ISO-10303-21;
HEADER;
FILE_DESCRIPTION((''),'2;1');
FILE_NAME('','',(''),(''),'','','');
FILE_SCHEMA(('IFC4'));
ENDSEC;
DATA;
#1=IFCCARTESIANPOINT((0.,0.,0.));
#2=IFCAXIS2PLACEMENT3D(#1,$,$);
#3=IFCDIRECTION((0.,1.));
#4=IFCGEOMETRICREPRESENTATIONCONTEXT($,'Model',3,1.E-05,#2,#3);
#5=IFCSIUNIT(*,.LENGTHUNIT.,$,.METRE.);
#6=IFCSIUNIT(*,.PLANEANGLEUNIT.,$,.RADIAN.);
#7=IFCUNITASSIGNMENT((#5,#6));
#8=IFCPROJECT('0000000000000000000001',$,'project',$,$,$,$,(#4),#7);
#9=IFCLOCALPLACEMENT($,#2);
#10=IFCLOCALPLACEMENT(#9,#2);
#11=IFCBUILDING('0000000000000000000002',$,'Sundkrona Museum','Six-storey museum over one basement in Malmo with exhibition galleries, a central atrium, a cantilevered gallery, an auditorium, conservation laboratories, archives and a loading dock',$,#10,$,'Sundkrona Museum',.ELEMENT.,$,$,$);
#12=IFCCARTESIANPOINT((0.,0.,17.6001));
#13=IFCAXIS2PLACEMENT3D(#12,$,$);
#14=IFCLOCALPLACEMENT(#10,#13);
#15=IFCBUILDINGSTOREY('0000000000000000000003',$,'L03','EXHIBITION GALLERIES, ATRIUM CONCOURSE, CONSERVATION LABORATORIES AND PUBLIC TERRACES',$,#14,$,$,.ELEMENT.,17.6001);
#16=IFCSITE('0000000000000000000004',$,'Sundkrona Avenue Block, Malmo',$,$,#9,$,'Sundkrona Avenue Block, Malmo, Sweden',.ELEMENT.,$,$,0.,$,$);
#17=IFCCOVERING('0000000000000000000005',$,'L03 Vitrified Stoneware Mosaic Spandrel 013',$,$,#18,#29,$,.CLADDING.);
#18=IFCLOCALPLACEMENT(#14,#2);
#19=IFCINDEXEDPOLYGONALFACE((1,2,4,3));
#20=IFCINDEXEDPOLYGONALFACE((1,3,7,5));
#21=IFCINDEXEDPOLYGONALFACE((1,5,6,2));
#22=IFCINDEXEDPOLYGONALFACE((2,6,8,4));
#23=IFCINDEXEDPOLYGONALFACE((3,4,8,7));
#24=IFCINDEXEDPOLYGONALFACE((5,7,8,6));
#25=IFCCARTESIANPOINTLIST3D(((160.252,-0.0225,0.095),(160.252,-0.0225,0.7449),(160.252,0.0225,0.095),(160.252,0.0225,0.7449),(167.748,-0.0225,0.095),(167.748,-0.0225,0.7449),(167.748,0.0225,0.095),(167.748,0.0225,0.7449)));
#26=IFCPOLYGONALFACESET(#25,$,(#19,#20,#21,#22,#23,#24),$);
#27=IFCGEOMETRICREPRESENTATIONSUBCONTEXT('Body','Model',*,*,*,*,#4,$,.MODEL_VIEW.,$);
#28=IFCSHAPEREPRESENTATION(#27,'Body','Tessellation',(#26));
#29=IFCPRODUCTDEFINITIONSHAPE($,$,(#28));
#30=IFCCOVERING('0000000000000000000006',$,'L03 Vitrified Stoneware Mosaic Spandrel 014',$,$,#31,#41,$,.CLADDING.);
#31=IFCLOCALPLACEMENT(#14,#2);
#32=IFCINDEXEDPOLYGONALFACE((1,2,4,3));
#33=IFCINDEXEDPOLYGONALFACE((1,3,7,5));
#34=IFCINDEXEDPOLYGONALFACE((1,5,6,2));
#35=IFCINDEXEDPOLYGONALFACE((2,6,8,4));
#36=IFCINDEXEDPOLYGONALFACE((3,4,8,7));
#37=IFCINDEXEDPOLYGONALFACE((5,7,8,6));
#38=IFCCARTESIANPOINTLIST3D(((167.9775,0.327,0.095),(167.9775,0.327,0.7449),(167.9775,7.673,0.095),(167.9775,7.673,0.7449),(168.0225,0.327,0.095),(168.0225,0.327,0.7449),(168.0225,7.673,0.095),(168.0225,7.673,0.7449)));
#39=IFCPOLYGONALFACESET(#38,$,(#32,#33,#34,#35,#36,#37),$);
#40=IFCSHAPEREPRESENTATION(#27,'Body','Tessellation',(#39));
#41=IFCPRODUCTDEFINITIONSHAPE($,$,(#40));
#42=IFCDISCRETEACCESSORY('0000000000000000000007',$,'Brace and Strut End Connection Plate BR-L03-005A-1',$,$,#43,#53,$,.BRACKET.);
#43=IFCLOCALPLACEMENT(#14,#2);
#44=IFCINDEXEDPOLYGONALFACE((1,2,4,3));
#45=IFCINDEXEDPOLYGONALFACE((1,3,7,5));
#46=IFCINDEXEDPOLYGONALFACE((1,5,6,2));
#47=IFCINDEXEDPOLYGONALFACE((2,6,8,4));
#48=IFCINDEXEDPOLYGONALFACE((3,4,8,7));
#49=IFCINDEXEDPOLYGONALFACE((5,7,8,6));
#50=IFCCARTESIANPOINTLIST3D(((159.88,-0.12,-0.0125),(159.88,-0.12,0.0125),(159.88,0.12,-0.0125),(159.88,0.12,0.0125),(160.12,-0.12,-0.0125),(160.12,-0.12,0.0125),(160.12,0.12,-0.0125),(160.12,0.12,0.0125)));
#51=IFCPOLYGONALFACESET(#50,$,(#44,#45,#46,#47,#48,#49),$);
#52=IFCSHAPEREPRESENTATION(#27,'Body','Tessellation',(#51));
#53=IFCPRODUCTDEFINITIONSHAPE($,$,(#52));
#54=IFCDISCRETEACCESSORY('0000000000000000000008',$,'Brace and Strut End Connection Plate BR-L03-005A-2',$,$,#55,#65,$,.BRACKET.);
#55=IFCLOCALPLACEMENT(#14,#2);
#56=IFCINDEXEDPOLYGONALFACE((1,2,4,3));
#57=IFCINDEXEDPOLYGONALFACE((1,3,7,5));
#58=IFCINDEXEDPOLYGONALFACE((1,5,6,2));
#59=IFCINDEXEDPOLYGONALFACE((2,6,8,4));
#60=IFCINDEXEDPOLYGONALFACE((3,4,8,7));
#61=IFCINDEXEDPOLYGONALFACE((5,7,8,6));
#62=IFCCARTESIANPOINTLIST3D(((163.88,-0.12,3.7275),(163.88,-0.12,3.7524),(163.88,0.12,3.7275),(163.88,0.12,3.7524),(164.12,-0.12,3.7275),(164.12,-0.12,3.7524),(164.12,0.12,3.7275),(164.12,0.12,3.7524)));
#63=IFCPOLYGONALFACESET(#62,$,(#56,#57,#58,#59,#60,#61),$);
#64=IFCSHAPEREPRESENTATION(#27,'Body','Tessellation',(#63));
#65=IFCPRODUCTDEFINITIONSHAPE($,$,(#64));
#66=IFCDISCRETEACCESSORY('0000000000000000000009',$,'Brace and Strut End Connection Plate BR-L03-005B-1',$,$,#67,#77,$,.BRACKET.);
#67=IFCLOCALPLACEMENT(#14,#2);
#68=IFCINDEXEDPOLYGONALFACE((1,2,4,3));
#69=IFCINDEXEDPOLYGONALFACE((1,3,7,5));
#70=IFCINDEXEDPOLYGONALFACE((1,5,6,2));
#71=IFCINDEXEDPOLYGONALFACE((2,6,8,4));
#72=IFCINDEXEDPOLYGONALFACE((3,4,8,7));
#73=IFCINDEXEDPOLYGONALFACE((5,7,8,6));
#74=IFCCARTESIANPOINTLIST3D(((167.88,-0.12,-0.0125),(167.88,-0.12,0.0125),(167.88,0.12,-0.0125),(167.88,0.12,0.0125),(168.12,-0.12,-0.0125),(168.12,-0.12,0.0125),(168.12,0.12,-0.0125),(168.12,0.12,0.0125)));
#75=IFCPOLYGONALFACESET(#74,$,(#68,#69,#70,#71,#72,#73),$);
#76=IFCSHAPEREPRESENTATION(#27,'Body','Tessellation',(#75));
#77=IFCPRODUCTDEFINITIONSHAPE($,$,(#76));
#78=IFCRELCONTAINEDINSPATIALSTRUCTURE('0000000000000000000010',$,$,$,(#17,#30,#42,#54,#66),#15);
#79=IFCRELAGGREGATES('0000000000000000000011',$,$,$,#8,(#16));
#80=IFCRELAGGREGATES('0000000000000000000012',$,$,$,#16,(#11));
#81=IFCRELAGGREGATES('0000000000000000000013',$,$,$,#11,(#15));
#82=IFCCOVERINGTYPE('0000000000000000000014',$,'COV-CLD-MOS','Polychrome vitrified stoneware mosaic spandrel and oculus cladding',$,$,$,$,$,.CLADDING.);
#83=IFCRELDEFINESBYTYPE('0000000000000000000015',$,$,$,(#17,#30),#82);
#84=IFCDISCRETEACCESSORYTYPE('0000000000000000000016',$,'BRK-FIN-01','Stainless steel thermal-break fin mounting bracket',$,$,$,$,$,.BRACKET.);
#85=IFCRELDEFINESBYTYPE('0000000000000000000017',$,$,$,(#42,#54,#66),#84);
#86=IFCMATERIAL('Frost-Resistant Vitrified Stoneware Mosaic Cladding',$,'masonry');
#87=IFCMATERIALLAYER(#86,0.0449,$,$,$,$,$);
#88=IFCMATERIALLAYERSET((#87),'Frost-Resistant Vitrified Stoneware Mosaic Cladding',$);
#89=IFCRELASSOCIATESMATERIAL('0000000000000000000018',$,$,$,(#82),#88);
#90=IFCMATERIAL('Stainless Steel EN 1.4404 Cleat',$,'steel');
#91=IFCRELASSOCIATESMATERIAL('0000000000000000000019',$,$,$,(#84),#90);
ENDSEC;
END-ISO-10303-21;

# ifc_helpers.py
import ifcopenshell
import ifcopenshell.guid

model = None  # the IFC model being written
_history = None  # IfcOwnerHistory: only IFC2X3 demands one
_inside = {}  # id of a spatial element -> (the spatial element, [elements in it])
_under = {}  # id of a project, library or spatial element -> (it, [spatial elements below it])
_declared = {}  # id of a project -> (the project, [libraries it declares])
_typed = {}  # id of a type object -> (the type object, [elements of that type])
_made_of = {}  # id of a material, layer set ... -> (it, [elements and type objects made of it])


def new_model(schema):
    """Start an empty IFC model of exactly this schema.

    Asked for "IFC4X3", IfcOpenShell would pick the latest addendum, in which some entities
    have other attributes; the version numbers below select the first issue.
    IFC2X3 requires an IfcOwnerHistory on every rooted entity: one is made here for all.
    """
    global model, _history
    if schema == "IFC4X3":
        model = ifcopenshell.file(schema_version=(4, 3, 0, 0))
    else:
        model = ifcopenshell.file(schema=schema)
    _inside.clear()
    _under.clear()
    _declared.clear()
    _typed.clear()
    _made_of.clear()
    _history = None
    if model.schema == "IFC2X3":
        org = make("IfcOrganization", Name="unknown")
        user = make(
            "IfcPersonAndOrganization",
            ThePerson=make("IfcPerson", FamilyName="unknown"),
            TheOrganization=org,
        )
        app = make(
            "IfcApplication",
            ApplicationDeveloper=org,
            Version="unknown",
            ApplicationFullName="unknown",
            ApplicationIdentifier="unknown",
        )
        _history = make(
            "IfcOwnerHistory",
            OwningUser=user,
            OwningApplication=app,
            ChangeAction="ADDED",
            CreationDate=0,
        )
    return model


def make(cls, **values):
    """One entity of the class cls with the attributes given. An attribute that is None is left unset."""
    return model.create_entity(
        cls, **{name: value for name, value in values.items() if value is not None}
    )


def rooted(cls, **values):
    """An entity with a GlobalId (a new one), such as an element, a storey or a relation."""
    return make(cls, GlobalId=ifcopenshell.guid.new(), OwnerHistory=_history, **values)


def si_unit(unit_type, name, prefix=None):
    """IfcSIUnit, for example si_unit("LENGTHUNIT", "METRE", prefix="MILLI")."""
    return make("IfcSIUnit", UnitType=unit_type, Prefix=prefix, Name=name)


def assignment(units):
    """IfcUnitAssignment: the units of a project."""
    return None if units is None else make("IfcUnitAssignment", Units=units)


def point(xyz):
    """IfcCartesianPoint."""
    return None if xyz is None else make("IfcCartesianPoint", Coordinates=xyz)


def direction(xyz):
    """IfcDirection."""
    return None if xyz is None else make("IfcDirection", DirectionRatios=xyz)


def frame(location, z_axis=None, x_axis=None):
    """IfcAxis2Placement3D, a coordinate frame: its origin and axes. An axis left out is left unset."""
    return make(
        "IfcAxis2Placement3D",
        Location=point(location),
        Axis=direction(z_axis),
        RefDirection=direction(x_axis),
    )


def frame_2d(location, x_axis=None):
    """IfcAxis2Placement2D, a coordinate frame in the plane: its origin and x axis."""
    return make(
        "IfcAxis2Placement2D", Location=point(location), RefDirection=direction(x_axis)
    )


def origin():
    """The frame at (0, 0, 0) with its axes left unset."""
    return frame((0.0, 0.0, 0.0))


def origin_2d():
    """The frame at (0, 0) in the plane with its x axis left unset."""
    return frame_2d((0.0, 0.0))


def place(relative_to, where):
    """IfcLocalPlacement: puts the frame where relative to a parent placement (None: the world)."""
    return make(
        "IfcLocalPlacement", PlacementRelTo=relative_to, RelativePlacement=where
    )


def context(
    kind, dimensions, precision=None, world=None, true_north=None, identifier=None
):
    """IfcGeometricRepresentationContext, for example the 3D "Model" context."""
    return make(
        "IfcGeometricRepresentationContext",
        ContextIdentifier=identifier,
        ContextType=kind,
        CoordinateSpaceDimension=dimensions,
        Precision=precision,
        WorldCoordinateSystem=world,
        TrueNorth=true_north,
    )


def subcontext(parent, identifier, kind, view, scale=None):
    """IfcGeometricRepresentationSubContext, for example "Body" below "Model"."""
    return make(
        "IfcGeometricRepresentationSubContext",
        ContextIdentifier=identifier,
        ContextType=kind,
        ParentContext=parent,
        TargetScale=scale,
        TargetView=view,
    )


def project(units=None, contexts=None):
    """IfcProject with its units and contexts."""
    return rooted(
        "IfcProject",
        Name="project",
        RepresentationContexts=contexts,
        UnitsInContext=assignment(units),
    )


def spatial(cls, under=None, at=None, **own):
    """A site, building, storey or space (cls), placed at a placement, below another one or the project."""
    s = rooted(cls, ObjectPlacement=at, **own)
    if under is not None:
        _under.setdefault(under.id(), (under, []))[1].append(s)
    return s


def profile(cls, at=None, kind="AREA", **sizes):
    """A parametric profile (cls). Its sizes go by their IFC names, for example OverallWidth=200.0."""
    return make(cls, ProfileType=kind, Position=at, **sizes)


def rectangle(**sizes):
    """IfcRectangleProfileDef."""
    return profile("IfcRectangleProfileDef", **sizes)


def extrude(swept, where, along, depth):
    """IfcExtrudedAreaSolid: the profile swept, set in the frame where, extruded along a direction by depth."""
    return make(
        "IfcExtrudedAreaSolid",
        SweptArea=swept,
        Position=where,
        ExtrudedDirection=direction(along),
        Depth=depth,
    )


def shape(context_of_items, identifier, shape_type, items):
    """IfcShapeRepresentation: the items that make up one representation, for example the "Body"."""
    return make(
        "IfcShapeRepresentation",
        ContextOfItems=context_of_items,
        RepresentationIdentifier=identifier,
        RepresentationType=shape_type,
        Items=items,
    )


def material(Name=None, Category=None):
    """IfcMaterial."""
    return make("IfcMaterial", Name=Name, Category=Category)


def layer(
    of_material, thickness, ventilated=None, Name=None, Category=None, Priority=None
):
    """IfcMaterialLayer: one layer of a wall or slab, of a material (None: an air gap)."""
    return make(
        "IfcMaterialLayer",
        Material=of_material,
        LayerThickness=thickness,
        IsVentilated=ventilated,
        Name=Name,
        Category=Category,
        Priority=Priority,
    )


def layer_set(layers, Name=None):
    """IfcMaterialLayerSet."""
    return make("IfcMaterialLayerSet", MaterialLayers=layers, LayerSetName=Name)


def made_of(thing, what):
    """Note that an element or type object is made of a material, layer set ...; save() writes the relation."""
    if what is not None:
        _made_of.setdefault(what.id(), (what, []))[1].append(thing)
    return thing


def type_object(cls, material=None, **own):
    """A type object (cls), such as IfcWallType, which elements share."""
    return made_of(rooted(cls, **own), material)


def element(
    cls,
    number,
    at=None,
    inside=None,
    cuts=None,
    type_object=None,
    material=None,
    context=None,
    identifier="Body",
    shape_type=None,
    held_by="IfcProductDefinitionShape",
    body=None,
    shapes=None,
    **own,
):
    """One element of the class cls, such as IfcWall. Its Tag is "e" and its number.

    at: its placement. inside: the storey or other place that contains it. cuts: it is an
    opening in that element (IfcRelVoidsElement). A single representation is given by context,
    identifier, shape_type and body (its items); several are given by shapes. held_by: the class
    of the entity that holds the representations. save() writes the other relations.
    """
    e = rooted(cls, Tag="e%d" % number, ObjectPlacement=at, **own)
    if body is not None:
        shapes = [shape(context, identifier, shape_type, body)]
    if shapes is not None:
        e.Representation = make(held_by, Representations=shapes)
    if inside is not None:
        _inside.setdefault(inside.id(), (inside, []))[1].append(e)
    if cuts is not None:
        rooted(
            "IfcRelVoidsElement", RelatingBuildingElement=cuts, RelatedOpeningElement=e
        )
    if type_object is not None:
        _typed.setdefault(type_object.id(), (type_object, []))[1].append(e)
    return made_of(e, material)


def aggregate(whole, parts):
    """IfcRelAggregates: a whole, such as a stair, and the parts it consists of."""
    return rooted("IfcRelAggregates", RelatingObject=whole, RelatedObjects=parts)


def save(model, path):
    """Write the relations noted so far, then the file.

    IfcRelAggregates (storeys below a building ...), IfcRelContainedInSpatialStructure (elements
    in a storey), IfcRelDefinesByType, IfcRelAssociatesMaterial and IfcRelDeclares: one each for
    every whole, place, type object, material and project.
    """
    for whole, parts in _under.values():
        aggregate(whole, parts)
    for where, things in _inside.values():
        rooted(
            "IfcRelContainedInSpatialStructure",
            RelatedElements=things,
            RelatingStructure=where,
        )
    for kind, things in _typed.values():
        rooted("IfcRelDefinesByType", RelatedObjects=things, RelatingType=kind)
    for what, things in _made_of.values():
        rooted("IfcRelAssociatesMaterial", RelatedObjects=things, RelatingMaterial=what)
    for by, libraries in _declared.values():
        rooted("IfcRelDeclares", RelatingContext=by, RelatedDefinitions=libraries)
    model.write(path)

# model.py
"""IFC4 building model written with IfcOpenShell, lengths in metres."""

from ifc_helpers import new_model, si_unit, direction, frame, origin, origin_2d, place, context, subcontext, project, spatial, rectangle, extrude, material, layer, layer_set, type_object, element, save


model = new_model("IFC4")

# Units and contexts
model_context = context("Model", 3, precision=1e-05, world=origin(), true_north=direction((0.0, 1.0)))
body_context = subcontext(model_context, "Body", "Model", "MODEL_VIEW")
ifc_project = project(units=[si_unit("LENGTHUNIT", "METRE"), si_unit("PLANEANGLEUNIT", "RADIAN")], contexts=[model_context])

# Site, building, storey
site_placement = place(None, origin())
site = spatial("IfcSite", under=ifc_project, at=site_placement, Name="Sundkrona Avenue Block, Malmo", LongName="Sundkrona Avenue Block, Malmo, Sweden", CompositionType="ELEMENT", RefElevation=0.0)
building_placement = place(site_placement, origin())
building = spatial("IfcBuilding", under=site, at=building_placement, Name="Sundkrona Museum", Description="Six-storey museum over one basement in Malmo with exhibition galleries, a central atrium, a cantilevered gallery, an auditorium, conservation laboratories, archives and a loading dock", LongName="Sundkrona Museum", CompositionType="ELEMENT")
storey_placement = place(building_placement, frame((0.0, 0.0, 17.6001)))
storey = spatial("IfcBuildingStorey", under=building, at=storey_placement, Name="L03", Description="EXHIBITION GALLERIES, ATRIUM CONCOURSE, CONSERVATION LABORATORIES AND PUBLIC TERRACES", CompositionType="ELEMENT", Elevation=17.6001)

# Coverings
ifc_material_1 = material(Name="Frost-Resistant Vitrified Stoneware Mosaic Cladding", Category="masonry")
ifc_layer_1 = layer(ifc_material_1, 0.0449)
ifc_layer_set_1 = layer_set([ifc_layer_1], Name="Frost-Resistant Vitrified Stoneware Mosaic Cladding")
covering_type = type_object("IfcCoveringType", Name="COV-CLD-MOS", Description="Polychrome vitrified stoneware mosaic spandrel and oculus cladding", PredefinedType="CLADDING", material=ifc_layer_set_1)
covering_1_placement = place(storey_placement, frame((164.0, 0.0, 0.095), z_axis=(0.0, 0.0, 1.0), x_axis=(1.0, 0.0, 0.0)))
element("IfcCovering", 1, at=covering_1_placement, inside=storey, type_object=covering_type, Name="L03 Vitrified Stoneware Mosaic Spandrel 013", PredefinedType="CLADDING", context=body_context, shape_type="SweptSolid", body=[
    extrude(rectangle(XDim=7.4961, YDim=0.0449, at=origin_2d()), origin(), (0.0, 0.0, 1.0), 0.6499),
])
covering_2_placement = place(storey_placement, frame((168.0, 4.0, 0.095), z_axis=(0.0, 0.0, 1.0), x_axis=(0.0, 1.0, 0.0)))
element("IfcCovering", 2, at=covering_2_placement, inside=storey, type_object=covering_type, Name="L03 Vitrified Stoneware Mosaic Spandrel 014", PredefinedType="CLADDING", context=body_context, shape_type="SweptSolid", body=[
    extrude(rectangle(XDim=7.3459, YDim=0.0449, at=origin_2d()), origin(), (0.0, 0.0, 1.0), 0.6499),
])

# Discrete accessories
ifc_material_2 = material(Name="Stainless Steel EN 1.4404 Cleat", Category="steel")
discrete_accessory_type = type_object("IfcDiscreteAccessoryType", Name="BRK-FIN-01", Description="Stainless steel thermal-break fin mounting bracket", PredefinedType="BRACKET", material=ifc_material_2)
for number, where, z_axis, x_axis, name in (
    (3, (160.0, 0.0, -0.0125), (0.0, 0.0, 1.0), (1.0, 0.0, 0.0), "Brace and Strut End Connection Plate BR-L03-005A-1"),
    (4, (164.0, 0.0, 3.7275), (0.0, 0.0, 1.0), (1.0, 0.0, 0.0), "Brace and Strut End Connection Plate BR-L03-005A-2"),
    (5, (168.0, 0.0, -0.0125), (0.0, 0.0, 1.0), (1.0, 0.0, 0.0), "Brace and Strut End Connection Plate BR-L03-005B-1"),
):
    element("IfcDiscreteAccessory", number, at=place(storey_placement, frame(where, z_axis=z_axis, x_axis=x_axis)), inside=storey, type_object=discrete_accessory_type, Name=name, PredefinedType="BRACKET", context=body_context, shape_type="SweptSolid", body=[
        extrude(rectangle(XDim=0.24, YDim=0.24, at=origin_2d()), origin(), (0.0, 0.0, 1.0), 0.0249),
    ])

save(model, "model.ifc")
